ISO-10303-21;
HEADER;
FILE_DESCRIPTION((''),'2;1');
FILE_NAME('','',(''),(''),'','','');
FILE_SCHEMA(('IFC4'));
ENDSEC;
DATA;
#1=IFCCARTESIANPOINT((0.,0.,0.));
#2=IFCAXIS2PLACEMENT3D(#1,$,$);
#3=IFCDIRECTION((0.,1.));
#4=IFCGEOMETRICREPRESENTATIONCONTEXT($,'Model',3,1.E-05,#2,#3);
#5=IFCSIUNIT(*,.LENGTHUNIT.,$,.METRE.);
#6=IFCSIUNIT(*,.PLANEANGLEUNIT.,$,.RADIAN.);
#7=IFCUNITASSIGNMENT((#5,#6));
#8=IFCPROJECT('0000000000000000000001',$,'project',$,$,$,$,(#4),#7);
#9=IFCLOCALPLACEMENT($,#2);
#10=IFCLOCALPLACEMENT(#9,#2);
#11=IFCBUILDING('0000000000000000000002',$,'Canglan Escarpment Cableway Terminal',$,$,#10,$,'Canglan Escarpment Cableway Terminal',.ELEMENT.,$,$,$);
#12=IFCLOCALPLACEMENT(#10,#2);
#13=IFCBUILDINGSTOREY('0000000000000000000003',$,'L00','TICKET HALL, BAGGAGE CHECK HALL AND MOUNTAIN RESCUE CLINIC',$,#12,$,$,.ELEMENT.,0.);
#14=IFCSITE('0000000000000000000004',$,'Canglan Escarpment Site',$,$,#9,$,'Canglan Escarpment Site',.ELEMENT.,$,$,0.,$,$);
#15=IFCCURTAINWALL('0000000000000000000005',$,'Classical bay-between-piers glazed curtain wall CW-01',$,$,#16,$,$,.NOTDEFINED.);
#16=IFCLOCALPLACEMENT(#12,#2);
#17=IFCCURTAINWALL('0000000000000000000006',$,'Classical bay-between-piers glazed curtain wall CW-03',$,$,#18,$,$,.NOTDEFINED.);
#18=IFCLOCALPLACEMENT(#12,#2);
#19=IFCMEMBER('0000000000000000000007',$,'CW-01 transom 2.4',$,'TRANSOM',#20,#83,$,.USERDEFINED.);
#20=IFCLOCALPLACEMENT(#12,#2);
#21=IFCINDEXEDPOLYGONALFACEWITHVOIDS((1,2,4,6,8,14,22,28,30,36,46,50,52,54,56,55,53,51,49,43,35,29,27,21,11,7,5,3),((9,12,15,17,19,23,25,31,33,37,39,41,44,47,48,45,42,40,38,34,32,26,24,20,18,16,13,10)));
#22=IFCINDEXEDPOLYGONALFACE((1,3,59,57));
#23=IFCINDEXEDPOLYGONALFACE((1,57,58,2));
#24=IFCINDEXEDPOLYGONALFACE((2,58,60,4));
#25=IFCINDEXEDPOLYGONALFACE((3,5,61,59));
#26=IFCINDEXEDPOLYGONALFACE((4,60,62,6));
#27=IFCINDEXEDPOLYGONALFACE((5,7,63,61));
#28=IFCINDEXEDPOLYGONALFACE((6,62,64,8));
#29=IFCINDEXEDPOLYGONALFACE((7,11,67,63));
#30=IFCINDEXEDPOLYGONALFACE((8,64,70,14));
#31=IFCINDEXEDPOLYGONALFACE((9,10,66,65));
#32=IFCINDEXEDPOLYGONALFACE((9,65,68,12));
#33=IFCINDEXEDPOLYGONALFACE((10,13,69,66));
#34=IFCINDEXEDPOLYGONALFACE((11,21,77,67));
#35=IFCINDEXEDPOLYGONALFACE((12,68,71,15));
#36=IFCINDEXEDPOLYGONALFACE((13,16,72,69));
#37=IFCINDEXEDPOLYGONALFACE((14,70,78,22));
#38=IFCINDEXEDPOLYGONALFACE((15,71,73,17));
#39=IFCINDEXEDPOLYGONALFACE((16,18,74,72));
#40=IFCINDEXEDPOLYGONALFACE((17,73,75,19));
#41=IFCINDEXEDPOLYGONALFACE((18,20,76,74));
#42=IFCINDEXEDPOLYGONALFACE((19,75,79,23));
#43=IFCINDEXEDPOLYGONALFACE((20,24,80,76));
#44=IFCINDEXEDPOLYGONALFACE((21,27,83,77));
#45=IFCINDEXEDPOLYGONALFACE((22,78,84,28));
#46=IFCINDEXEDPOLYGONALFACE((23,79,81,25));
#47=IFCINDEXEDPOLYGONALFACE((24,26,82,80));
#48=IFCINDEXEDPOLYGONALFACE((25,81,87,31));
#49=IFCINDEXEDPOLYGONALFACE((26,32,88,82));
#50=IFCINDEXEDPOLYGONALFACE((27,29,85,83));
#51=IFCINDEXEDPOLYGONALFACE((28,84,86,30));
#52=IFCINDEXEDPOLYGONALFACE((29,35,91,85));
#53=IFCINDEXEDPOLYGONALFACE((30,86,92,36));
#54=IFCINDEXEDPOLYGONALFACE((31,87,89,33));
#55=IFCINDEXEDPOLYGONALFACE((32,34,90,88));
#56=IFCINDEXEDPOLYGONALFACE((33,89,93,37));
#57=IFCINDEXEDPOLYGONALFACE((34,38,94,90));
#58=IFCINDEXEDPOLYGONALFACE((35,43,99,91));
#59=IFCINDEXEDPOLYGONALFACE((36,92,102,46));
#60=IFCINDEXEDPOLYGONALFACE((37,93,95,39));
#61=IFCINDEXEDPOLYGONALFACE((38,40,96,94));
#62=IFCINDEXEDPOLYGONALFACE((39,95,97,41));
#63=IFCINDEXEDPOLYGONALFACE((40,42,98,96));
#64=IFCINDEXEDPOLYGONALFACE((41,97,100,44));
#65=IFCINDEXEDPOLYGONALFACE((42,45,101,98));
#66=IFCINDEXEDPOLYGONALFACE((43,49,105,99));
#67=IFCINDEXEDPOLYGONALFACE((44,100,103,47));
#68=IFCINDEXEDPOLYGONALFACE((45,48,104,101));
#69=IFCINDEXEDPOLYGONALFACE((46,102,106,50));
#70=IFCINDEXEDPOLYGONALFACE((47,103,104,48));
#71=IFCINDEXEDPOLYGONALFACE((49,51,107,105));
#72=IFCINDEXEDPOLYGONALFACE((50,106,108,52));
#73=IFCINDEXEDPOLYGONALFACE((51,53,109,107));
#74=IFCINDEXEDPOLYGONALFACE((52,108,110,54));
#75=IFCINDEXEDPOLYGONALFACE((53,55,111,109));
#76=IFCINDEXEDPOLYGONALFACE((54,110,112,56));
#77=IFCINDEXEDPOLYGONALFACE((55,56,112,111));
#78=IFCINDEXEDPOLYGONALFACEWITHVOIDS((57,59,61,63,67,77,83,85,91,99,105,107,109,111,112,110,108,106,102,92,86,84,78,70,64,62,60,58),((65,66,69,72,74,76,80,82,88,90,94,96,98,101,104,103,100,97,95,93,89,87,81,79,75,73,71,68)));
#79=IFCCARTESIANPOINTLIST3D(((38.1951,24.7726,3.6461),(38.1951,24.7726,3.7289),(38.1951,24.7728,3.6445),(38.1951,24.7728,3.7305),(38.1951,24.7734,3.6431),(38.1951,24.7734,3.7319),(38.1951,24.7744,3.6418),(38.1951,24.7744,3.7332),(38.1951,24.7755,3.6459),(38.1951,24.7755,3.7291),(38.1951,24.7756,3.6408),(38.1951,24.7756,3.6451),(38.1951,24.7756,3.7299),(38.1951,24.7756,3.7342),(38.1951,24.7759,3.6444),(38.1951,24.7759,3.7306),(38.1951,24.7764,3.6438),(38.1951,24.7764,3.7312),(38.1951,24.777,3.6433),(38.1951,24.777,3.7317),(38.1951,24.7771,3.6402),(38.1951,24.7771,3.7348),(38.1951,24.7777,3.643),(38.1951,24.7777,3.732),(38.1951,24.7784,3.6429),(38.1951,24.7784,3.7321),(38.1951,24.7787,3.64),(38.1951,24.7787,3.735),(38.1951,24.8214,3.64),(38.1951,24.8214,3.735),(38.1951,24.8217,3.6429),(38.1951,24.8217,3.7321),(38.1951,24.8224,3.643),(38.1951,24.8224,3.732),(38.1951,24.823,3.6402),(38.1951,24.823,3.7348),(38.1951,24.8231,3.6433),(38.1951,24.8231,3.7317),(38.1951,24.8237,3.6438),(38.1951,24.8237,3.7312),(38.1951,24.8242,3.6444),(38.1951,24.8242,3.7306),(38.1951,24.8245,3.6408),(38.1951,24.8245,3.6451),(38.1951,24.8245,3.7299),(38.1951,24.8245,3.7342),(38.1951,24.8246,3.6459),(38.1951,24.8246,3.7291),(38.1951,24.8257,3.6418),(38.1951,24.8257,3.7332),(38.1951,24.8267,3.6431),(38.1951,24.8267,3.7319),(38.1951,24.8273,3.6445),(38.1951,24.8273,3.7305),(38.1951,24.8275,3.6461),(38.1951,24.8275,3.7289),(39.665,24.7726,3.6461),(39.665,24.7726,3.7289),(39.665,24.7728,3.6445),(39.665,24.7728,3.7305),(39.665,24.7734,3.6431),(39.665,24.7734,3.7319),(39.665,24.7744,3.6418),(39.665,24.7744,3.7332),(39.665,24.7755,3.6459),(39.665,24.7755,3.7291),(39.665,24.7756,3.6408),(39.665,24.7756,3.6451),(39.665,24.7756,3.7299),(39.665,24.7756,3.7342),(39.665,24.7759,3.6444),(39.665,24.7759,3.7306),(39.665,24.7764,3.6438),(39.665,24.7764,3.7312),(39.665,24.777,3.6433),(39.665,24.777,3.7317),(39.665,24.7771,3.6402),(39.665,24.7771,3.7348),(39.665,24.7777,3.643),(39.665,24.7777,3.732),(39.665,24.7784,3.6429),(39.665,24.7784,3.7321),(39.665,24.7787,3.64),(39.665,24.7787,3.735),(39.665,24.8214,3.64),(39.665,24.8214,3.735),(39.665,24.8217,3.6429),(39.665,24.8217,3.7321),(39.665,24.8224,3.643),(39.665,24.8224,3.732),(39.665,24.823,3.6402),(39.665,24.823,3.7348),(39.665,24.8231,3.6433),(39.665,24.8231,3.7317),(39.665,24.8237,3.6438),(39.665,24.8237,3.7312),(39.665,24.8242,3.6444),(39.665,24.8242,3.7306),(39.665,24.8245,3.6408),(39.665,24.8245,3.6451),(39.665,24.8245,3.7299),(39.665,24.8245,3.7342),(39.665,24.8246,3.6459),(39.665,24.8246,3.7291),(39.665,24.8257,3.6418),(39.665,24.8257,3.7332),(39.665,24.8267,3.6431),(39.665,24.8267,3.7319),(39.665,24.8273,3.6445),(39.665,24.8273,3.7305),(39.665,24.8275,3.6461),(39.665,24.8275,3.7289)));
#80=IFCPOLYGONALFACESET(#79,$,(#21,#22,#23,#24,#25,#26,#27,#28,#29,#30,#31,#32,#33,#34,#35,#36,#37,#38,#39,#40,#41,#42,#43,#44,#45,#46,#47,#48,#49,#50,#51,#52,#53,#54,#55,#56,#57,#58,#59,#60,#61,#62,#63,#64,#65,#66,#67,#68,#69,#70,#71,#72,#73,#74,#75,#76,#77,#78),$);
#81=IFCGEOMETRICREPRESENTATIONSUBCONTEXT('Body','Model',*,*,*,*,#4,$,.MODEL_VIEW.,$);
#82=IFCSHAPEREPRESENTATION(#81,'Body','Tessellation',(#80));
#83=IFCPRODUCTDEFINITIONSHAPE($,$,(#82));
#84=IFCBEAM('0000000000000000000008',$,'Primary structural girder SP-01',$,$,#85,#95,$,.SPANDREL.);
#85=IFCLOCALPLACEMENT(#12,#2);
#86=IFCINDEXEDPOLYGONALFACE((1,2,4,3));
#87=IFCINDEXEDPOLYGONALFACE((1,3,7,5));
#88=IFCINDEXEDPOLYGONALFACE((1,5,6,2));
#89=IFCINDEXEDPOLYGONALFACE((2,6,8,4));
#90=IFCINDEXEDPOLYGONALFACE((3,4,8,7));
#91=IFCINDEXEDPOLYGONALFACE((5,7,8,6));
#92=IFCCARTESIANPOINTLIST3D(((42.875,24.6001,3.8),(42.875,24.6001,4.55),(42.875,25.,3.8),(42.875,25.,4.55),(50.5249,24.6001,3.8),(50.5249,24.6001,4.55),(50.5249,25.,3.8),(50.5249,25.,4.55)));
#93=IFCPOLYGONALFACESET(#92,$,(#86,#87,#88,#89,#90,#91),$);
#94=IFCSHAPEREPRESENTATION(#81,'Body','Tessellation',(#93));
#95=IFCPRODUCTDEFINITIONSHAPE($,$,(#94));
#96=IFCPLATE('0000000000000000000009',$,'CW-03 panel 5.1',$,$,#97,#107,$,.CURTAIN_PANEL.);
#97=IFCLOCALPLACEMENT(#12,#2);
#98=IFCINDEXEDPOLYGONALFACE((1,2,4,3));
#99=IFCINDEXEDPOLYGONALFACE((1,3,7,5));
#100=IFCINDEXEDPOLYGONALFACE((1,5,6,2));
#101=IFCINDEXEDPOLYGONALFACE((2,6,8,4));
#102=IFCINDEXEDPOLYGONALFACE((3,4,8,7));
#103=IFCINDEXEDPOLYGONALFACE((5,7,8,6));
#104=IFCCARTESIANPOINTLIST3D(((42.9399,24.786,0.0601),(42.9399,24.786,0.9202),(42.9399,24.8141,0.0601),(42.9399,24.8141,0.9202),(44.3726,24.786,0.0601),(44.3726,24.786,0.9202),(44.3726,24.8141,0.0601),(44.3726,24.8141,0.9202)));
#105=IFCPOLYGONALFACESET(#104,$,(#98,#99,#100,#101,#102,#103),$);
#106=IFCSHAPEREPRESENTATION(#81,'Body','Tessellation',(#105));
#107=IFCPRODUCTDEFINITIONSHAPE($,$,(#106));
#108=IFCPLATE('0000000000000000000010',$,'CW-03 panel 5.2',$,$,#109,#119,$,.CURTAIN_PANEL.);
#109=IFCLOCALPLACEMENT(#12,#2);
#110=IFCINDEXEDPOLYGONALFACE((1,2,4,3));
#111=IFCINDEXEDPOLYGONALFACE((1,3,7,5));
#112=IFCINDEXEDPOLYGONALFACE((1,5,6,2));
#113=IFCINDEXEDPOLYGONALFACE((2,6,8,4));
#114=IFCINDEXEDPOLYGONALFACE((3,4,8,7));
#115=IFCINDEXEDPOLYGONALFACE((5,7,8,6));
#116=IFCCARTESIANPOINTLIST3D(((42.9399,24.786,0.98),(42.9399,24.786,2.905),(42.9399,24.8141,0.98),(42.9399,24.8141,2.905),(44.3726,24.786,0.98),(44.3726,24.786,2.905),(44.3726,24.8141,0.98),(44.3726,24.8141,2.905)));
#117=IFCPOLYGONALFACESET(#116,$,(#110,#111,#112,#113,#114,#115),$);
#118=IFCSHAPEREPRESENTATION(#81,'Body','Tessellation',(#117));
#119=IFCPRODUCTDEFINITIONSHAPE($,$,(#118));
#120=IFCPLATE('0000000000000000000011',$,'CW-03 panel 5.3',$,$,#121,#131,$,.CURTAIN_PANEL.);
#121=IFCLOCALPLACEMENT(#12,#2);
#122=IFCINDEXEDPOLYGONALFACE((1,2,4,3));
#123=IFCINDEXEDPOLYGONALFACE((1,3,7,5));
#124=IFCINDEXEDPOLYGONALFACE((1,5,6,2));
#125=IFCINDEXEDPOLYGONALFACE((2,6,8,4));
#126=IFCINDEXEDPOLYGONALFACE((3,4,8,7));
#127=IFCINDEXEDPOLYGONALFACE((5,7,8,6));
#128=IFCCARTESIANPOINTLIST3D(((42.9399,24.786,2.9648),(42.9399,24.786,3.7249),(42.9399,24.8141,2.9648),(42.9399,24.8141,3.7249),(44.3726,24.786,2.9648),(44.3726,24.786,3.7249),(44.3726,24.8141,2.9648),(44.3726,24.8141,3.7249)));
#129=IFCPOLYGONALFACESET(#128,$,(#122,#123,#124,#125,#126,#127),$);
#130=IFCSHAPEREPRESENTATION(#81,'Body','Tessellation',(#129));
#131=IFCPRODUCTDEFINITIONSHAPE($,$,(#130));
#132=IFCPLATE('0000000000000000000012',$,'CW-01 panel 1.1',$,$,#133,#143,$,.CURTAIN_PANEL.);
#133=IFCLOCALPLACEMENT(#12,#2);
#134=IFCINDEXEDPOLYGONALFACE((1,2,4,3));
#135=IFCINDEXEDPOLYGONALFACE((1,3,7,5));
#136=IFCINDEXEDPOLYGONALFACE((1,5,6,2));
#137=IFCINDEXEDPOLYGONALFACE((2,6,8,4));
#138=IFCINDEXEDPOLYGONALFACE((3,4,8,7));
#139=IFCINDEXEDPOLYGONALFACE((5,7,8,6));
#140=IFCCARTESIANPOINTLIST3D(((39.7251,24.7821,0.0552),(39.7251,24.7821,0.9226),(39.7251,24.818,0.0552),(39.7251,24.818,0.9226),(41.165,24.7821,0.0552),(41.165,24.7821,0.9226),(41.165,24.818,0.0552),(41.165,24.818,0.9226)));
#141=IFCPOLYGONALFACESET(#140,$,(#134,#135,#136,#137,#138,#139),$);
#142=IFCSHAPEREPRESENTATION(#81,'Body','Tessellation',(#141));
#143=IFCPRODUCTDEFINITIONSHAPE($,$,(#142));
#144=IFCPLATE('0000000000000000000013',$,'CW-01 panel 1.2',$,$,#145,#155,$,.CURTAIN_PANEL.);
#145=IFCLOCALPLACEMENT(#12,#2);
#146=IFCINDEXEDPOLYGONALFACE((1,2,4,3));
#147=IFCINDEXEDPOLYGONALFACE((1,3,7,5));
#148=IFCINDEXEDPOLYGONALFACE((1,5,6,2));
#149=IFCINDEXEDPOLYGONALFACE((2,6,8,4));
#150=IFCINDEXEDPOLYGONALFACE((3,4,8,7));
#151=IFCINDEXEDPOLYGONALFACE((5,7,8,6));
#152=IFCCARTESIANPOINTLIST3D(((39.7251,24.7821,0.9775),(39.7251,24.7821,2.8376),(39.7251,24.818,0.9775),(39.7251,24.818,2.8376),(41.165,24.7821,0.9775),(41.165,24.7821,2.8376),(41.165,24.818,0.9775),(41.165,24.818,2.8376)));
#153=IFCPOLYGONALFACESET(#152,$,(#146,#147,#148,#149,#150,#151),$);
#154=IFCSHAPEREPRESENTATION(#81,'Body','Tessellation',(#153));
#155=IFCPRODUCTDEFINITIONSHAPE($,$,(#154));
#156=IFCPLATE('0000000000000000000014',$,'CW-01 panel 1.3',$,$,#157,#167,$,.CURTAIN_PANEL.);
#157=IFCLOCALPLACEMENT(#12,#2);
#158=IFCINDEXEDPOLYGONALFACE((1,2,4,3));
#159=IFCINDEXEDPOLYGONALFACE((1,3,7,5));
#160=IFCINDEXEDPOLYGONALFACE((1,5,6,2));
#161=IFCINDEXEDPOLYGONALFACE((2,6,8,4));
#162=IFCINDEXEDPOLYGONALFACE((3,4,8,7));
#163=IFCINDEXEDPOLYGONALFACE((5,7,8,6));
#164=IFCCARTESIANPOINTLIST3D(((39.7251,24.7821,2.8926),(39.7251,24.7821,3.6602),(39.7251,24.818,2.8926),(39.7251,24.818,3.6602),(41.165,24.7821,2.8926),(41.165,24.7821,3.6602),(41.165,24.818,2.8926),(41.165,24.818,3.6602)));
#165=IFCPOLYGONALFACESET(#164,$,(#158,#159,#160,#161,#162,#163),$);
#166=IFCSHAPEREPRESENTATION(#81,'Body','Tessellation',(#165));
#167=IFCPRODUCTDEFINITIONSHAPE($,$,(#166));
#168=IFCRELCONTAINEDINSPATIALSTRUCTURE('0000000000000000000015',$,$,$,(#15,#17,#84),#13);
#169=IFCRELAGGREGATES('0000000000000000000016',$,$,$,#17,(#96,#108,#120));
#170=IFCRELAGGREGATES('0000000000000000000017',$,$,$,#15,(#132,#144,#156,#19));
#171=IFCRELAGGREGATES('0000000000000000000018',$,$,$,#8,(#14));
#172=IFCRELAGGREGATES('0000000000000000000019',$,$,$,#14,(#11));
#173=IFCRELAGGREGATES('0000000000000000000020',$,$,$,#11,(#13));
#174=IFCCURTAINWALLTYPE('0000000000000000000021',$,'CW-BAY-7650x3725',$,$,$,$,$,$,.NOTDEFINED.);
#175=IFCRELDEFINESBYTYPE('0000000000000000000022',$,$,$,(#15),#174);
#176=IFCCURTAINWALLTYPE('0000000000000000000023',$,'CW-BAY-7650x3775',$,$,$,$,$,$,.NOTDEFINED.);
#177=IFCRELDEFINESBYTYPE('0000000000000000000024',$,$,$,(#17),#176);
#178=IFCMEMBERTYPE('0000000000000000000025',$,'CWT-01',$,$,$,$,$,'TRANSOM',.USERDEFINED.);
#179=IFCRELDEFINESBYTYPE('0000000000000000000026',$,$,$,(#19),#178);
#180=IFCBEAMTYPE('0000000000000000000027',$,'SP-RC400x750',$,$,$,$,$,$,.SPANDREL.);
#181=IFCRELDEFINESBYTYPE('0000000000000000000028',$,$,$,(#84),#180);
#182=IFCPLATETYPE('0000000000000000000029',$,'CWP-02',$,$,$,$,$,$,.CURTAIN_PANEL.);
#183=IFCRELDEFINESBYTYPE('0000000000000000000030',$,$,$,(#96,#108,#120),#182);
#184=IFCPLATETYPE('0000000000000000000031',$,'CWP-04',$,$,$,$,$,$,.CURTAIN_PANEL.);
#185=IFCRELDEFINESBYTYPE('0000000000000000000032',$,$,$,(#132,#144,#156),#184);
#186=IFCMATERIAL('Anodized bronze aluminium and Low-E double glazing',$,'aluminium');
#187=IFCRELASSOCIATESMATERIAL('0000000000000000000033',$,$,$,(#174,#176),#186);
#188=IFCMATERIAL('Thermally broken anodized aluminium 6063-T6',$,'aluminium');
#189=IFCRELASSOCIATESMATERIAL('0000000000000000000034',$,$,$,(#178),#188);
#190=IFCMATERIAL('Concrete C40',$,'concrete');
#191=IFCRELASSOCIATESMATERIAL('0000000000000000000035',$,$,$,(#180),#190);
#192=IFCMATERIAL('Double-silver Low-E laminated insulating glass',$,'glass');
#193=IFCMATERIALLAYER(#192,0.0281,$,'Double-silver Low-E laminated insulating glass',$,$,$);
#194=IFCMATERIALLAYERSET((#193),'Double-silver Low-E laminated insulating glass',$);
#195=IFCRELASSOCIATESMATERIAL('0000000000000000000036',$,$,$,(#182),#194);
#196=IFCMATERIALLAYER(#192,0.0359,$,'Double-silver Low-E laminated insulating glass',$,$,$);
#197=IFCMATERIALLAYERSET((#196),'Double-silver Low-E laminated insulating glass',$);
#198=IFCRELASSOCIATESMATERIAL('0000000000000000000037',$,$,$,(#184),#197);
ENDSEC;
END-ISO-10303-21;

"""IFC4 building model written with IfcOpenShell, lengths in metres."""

from ifc_helpers import new_model, si_unit, direction, frame, origin, origin_2d, place, context, subcontext, project, spatial, rectangle, hollow_rectangle, extrude, material, layer, layer_set, material_profile, profile_set, type_object, element, aggregate, save


model = new_model("IFC4")

# Units and contexts
model_context = context("Model", 3, precision=1e-05, world=origin(), true_north=direction((0.0, 1.0)))
body_context = subcontext(model_context, "Body", "Model", "MODEL_VIEW")
ifc_project = project(units=[si_unit("LENGTHUNIT", "METRE"), si_unit("PLANEANGLEUNIT", "RADIAN")], contexts=[model_context])

# Site, building, storey
site_placement = place(None, origin())
site = spatial("IfcSite", under=ifc_project, at=site_placement, Name="Canglan Escarpment Site", LongName="Canglan Escarpment Site", CompositionType="ELEMENT", RefElevation=0.0)
building_placement = place(site_placement, origin())
building = spatial("IfcBuilding", under=site, at=building_placement, Name="Canglan Escarpment Cableway Terminal", LongName="Canglan Escarpment Cableway Terminal", CompositionType="ELEMENT")
storey_placement = place(building_placement, origin())
storey = spatial("IfcBuildingStorey", under=building, at=storey_placement, Name="L00", Description="TICKET HALL, BAGGAGE CHECK HALL AND MOUNTAIN RESCUE CLINIC", CompositionType="ELEMENT", Elevation=0.0)

# Shared definitions
ifc_material_1 = material(Name="Concrete C40", Category="concrete")

# Curtain wall
ifc_material_2 = material(Name="Anodized bronze aluminium and Low-E double glazing", Category="aluminium")
curtain_wall_type_1 = type_object("IfcCurtainWallType", Name="CW-BAY-7650x3725", PredefinedType="NOTDEFINED", material=ifc_material_2)
curtain_wall_1_placement = place(storey_placement, origin())
curtain_wall_1 = element("IfcCurtainWall", 1, at=curtain_wall_1_placement, inside=storey, type_object=curtain_wall_type_1, Name="Classical bay-between-piers glazed curtain wall CW-01", PredefinedType="NOTDEFINED")
ifc_material_3 = material(Name="Thermally broken anodized aluminium 6063-T6", Category="aluminium")

# Curtain wall
curtain_wall_type_2 = type_object("IfcCurtainWallType", Name="CW-BAY-7650x3775", PredefinedType="NOTDEFINED", material=ifc_material_2)
curtain_wall_2_placement = place(storey_placement, origin())
curtain_wall_2 = element("IfcCurtainWall", 2, at=curtain_wall_2_placement, inside=storey, type_object=curtain_wall_type_2, Name="Classical bay-between-piers glazed curtain wall CW-03", PredefinedType="NOTDEFINED")

# Member
ifc_material_profile_1 = material_profile(ifc_material_3, hollow_rectangle(XDim=0.0549, YDim=0.095, WallThickness=0.0029, InnerFilletRadius=0.0029, OuterFilletRadius=0.0061, at=origin_2d()), Name="ALU-TRAN 55x95x3")
ifc_profile_set_1 = profile_set([ifc_material_profile_1], Name="Thermally broken anodized aluminium 6063-T6")
member_type_1 = type_object("IfcMemberType", Name="CWT-01", ElementType="TRANSOM", PredefinedType="USERDEFINED", material=ifc_profile_set_1)
member_1_placement = place(storey_placement, frame((39.665, 24.8, 3.6875), z_axis=(-1.0, 0.0, 0.0), x_axis=(0.0, -1.0, 0.0)))
member_1 = element("IfcMember", 3, at=member_1_placement, type_object=member_type_1, Name="CW-01 transom 2.4", ObjectType="TRANSOM", PredefinedType="USERDEFINED", context=body_context, shape_type="SweptSolid", body=[
    extrude(hollow_rectangle(XDim=0.0549, YDim=0.095, WallThickness=0.0029, InnerFilletRadius=0.0029, OuterFilletRadius=0.0061, at=origin_2d()), origin(), (0.0, 0.0, 1.0), 1.47),
])

# Beam
ifc_material_profile_2 = material_profile(ifc_material_1, rectangle(XDim=0.3999, YDim=0.75, at=origin_2d()), Name="RC 400x750")
ifc_profile_set_2 = profile_set([ifc_material_profile_2], Name="Concrete C40")
beam_type = type_object("IfcBeamType", Name="SP-RC400x750", PredefinedType="SPANDREL", material=ifc_profile_set_2)
beam_placement = place(storey_placement, frame((42.875, 24.8, 4.175), z_axis=(1.0, 0.0, 0.0), x_axis=(0.0, 1.0, 0.0)))
element("IfcBeam", 4, at=beam_placement, inside=storey, type_object=beam_type, Name="Primary structural girder SP-01", PredefinedType="SPANDREL", context=body_context, shape_type="SweptSolid", body=[
    extrude(rectangle(XDim=0.3999, YDim=0.75, at=origin_2d()), origin(), (0.0, 0.0, 1.0), 7.6499),
])

# Plates
ifc_material_4 = material(Name="Double-silver Low-E laminated insulating glass", Category="glass")
ifc_layer_1 = layer(ifc_material_4, 0.0281, Name="Double-silver Low-E laminated insulating glass")
ifc_layer_set_1 = layer_set([ifc_layer_1], Name="Double-silver Low-E laminated insulating glass")
plate_type_1 = type_object("IfcPlateType", Name="CWP-02", PredefinedType="CURTAIN_PANEL", material=ifc_layer_set_1)
plate_1_placement = place(storey_placement, frame((43.6562, 24.8, 0.0601), z_axis=(0.0, 0.0, 1.0), x_axis=(-1.0, 0.0, 0.0)))
plate_1 = element("IfcPlate", 5, at=plate_1_placement, type_object=plate_type_1, Name="CW-03 panel 5.1", PredefinedType="CURTAIN_PANEL", context=body_context, shape_type="SweptSolid", body=[
    extrude(rectangle(XDim=1.4326, YDim=0.0281, at=origin_2d()), origin(), (0.0, 0.0, 1.0), 0.8601),
])
plate_2_placement = place(storey_placement, frame((43.6562, 24.8, 0.98), z_axis=(0.0, 0.0, 1.0), x_axis=(-1.0, 0.0, 0.0)))
plate_2 = element("IfcPlate", 6, at=plate_2_placement, type_object=plate_type_1, Name="CW-03 panel 5.2", PredefinedType="CURTAIN_PANEL", context=body_context, shape_type="SweptSolid", body=[
    extrude(rectangle(XDim=1.4326, YDim=0.0281, at=origin_2d()), origin(), (0.0, 0.0, 1.0), 1.925),
])
plate_3_placement = place(storey_placement, frame((43.6562, 24.8, 2.9648), z_axis=(0.0, 0.0, 1.0), x_axis=(-1.0, 0.0, 0.0)))
plate_3 = element("IfcPlate", 7, at=plate_3_placement, type_object=plate_type_1, Name="CW-03 panel 5.3", PredefinedType="CURTAIN_PANEL", context=body_context, shape_type="SweptSolid", body=[
    extrude(rectangle(XDim=1.4326, YDim=0.0281, at=origin_2d()), origin(), (0.0, 0.0, 1.0), 0.76),
])
aggregate(curtain_wall_2, [plate_1, plate_2, plate_3])
ifc_layer_2 = layer(ifc_material_4, 0.0359, Name="Double-silver Low-E laminated insulating glass")
ifc_layer_set_2 = layer_set([ifc_layer_2], Name="Double-silver Low-E laminated insulating glass")
plate_type_2 = type_object("IfcPlateType", Name="CWP-04", PredefinedType="CURTAIN_PANEL", material=ifc_layer_set_2)
plate_4_placement = place(storey_placement, frame((40.4451, 24.8, 0.0552), z_axis=(0.0, 0.0, 1.0), x_axis=(-1.0, 0.0, 0.0)))
plate_4 = element("IfcPlate", 8, at=plate_4_placement, type_object=plate_type_2, Name="CW-01 panel 1.1", PredefinedType="CURTAIN_PANEL", context=body_context, shape_type="SweptSolid", body=[
    extrude(rectangle(XDim=1.4399, YDim=0.0359, at=origin_2d()), origin(), (0.0, 0.0, 1.0), 0.8674),
])
plate_5_placement = place(storey_placement, frame((40.4451, 24.8, 0.9775), z_axis=(0.0, 0.0, 1.0), x_axis=(-1.0, 0.0, 0.0)))
plate_5 = element("IfcPlate", 9, at=plate_5_placement, type_object=plate_type_2, Name="CW-01 panel 1.2", PredefinedType="CURTAIN_PANEL", context=body_context, shape_type="SweptSolid", body=[
    extrude(rectangle(XDim=1.4399, YDim=0.0359, at=origin_2d()), origin(), (0.0, 0.0, 1.0), 1.8601),
])
plate_6_placement = place(storey_placement, frame((40.4451, 24.8, 2.8926), z_axis=(0.0, 0.0, 1.0), x_axis=(-1.0, 0.0, 0.0)))
plate_6 = element("IfcPlate", 10, at=plate_6_placement, type_object=plate_type_2, Name="CW-01 panel 1.3", PredefinedType="CURTAIN_PANEL", context=body_context, shape_type="SweptSolid", body=[
    extrude(rectangle(XDim=1.4399, YDim=0.0359, at=origin_2d()), origin(), (0.0, 0.0, 1.0), 0.7676),
])
aggregate(curtain_wall_1, [plate_4, plate_5, plate_6, member_1])

save(model, "model.ifc")
